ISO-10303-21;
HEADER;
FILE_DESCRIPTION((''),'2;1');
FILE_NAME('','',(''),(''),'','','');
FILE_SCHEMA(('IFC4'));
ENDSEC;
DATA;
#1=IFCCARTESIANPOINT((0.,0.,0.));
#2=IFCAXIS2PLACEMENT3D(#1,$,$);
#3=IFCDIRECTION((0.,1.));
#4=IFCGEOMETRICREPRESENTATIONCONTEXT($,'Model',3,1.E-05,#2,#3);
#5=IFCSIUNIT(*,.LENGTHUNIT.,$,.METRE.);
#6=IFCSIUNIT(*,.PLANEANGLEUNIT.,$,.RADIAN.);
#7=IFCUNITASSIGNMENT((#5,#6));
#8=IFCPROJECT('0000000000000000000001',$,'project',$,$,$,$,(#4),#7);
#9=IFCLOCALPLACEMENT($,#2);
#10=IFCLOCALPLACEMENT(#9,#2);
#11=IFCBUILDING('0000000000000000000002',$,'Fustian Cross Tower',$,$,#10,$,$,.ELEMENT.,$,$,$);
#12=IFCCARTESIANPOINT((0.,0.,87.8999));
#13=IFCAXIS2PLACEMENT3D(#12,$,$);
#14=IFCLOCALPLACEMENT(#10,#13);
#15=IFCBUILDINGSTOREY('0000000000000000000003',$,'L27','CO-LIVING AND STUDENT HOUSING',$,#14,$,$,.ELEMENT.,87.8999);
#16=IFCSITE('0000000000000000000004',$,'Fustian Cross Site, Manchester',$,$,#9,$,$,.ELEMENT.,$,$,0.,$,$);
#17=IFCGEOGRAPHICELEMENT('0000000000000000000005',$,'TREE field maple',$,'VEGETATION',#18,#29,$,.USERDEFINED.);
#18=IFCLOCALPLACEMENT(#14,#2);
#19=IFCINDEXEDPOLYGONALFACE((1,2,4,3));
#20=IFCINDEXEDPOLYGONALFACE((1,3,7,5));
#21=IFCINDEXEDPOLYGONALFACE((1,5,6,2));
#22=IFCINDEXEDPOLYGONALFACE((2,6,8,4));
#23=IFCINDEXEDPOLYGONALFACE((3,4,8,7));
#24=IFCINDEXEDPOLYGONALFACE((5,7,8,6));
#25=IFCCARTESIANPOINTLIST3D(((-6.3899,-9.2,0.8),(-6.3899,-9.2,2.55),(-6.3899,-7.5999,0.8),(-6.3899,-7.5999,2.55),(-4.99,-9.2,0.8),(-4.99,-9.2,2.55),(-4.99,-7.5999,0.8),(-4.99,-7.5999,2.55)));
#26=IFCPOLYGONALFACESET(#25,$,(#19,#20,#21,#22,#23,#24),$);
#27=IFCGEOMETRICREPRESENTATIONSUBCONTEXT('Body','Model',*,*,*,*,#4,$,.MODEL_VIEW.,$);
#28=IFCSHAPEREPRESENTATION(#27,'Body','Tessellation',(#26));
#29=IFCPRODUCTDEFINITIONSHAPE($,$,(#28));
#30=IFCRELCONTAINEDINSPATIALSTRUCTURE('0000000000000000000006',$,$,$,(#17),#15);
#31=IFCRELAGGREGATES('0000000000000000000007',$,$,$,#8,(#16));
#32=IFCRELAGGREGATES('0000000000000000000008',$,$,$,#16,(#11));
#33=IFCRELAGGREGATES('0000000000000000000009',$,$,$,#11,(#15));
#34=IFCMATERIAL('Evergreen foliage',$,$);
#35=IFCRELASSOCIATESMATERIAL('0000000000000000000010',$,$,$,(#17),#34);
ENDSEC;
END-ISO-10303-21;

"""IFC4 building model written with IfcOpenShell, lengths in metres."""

from ifc_helpers import new_model, si_unit, direction, frame, origin, origin_2d, place, context, subcontext, project, spatial, rectangle, extrude, material, element, save


model = new_model("IFC4")

# Units and contexts
model_context = context("Model", 3, precision=1e-05, world=origin(), true_north=direction((0.0, 1.0)))
body_context = subcontext(model_context, "Body", "Model", "MODEL_VIEW")
ifc_project = project(units=[si_unit("LENGTHUNIT", "METRE"), si_unit("PLANEANGLEUNIT", "RADIAN")], contexts=[model_context])

# Site, building, storey
site_placement = place(None, origin())
site = spatial("IfcSite", under=ifc_project, at=site_placement, Name="Fustian Cross Site, Manchester", CompositionType="ELEMENT", RefElevation=0.0)
building_placement = place(site_placement, origin())
building = spatial("IfcBuilding", under=site, at=building_placement, Name="Fustian Cross Tower", CompositionType="ELEMENT")
storey_placement = place(building_placement, frame((0.0, 0.0, 87.8999)))
storey = spatial("IfcBuildingStorey", under=building, at=storey_placement, Name="L27", Description="CO-LIVING AND STUDENT HOUSING", CompositionType="ELEMENT", Elevation=87.8999)

# Geographic element
ifc_material_1 = material(Name="Evergreen foliage")
for number, where, z_axis, x_axis, name in (
    (1, (-5.6899, -8.3999, 0.8), (0.0, 0.0, 1.0), (1.0, 0.0, 0.0), "TREE field maple"),
):
    element("IfcGeographicElement", number, at=place(storey_placement, frame(where, z_axis=z_axis, x_axis=x_axis)), inside=storey, material=ifc_material_1, Name=name, ObjectType="VEGETATION", PredefinedType="USERDEFINED", context=body_context, shape_type="SweptSolid", body=[
        extrude(rectangle(XDim=1.3999, YDim=1.6001, at=origin_2d()), origin(), (0.0, 0.0, 1.0), 1.75),
    ])

save(model, "model.ifc")
